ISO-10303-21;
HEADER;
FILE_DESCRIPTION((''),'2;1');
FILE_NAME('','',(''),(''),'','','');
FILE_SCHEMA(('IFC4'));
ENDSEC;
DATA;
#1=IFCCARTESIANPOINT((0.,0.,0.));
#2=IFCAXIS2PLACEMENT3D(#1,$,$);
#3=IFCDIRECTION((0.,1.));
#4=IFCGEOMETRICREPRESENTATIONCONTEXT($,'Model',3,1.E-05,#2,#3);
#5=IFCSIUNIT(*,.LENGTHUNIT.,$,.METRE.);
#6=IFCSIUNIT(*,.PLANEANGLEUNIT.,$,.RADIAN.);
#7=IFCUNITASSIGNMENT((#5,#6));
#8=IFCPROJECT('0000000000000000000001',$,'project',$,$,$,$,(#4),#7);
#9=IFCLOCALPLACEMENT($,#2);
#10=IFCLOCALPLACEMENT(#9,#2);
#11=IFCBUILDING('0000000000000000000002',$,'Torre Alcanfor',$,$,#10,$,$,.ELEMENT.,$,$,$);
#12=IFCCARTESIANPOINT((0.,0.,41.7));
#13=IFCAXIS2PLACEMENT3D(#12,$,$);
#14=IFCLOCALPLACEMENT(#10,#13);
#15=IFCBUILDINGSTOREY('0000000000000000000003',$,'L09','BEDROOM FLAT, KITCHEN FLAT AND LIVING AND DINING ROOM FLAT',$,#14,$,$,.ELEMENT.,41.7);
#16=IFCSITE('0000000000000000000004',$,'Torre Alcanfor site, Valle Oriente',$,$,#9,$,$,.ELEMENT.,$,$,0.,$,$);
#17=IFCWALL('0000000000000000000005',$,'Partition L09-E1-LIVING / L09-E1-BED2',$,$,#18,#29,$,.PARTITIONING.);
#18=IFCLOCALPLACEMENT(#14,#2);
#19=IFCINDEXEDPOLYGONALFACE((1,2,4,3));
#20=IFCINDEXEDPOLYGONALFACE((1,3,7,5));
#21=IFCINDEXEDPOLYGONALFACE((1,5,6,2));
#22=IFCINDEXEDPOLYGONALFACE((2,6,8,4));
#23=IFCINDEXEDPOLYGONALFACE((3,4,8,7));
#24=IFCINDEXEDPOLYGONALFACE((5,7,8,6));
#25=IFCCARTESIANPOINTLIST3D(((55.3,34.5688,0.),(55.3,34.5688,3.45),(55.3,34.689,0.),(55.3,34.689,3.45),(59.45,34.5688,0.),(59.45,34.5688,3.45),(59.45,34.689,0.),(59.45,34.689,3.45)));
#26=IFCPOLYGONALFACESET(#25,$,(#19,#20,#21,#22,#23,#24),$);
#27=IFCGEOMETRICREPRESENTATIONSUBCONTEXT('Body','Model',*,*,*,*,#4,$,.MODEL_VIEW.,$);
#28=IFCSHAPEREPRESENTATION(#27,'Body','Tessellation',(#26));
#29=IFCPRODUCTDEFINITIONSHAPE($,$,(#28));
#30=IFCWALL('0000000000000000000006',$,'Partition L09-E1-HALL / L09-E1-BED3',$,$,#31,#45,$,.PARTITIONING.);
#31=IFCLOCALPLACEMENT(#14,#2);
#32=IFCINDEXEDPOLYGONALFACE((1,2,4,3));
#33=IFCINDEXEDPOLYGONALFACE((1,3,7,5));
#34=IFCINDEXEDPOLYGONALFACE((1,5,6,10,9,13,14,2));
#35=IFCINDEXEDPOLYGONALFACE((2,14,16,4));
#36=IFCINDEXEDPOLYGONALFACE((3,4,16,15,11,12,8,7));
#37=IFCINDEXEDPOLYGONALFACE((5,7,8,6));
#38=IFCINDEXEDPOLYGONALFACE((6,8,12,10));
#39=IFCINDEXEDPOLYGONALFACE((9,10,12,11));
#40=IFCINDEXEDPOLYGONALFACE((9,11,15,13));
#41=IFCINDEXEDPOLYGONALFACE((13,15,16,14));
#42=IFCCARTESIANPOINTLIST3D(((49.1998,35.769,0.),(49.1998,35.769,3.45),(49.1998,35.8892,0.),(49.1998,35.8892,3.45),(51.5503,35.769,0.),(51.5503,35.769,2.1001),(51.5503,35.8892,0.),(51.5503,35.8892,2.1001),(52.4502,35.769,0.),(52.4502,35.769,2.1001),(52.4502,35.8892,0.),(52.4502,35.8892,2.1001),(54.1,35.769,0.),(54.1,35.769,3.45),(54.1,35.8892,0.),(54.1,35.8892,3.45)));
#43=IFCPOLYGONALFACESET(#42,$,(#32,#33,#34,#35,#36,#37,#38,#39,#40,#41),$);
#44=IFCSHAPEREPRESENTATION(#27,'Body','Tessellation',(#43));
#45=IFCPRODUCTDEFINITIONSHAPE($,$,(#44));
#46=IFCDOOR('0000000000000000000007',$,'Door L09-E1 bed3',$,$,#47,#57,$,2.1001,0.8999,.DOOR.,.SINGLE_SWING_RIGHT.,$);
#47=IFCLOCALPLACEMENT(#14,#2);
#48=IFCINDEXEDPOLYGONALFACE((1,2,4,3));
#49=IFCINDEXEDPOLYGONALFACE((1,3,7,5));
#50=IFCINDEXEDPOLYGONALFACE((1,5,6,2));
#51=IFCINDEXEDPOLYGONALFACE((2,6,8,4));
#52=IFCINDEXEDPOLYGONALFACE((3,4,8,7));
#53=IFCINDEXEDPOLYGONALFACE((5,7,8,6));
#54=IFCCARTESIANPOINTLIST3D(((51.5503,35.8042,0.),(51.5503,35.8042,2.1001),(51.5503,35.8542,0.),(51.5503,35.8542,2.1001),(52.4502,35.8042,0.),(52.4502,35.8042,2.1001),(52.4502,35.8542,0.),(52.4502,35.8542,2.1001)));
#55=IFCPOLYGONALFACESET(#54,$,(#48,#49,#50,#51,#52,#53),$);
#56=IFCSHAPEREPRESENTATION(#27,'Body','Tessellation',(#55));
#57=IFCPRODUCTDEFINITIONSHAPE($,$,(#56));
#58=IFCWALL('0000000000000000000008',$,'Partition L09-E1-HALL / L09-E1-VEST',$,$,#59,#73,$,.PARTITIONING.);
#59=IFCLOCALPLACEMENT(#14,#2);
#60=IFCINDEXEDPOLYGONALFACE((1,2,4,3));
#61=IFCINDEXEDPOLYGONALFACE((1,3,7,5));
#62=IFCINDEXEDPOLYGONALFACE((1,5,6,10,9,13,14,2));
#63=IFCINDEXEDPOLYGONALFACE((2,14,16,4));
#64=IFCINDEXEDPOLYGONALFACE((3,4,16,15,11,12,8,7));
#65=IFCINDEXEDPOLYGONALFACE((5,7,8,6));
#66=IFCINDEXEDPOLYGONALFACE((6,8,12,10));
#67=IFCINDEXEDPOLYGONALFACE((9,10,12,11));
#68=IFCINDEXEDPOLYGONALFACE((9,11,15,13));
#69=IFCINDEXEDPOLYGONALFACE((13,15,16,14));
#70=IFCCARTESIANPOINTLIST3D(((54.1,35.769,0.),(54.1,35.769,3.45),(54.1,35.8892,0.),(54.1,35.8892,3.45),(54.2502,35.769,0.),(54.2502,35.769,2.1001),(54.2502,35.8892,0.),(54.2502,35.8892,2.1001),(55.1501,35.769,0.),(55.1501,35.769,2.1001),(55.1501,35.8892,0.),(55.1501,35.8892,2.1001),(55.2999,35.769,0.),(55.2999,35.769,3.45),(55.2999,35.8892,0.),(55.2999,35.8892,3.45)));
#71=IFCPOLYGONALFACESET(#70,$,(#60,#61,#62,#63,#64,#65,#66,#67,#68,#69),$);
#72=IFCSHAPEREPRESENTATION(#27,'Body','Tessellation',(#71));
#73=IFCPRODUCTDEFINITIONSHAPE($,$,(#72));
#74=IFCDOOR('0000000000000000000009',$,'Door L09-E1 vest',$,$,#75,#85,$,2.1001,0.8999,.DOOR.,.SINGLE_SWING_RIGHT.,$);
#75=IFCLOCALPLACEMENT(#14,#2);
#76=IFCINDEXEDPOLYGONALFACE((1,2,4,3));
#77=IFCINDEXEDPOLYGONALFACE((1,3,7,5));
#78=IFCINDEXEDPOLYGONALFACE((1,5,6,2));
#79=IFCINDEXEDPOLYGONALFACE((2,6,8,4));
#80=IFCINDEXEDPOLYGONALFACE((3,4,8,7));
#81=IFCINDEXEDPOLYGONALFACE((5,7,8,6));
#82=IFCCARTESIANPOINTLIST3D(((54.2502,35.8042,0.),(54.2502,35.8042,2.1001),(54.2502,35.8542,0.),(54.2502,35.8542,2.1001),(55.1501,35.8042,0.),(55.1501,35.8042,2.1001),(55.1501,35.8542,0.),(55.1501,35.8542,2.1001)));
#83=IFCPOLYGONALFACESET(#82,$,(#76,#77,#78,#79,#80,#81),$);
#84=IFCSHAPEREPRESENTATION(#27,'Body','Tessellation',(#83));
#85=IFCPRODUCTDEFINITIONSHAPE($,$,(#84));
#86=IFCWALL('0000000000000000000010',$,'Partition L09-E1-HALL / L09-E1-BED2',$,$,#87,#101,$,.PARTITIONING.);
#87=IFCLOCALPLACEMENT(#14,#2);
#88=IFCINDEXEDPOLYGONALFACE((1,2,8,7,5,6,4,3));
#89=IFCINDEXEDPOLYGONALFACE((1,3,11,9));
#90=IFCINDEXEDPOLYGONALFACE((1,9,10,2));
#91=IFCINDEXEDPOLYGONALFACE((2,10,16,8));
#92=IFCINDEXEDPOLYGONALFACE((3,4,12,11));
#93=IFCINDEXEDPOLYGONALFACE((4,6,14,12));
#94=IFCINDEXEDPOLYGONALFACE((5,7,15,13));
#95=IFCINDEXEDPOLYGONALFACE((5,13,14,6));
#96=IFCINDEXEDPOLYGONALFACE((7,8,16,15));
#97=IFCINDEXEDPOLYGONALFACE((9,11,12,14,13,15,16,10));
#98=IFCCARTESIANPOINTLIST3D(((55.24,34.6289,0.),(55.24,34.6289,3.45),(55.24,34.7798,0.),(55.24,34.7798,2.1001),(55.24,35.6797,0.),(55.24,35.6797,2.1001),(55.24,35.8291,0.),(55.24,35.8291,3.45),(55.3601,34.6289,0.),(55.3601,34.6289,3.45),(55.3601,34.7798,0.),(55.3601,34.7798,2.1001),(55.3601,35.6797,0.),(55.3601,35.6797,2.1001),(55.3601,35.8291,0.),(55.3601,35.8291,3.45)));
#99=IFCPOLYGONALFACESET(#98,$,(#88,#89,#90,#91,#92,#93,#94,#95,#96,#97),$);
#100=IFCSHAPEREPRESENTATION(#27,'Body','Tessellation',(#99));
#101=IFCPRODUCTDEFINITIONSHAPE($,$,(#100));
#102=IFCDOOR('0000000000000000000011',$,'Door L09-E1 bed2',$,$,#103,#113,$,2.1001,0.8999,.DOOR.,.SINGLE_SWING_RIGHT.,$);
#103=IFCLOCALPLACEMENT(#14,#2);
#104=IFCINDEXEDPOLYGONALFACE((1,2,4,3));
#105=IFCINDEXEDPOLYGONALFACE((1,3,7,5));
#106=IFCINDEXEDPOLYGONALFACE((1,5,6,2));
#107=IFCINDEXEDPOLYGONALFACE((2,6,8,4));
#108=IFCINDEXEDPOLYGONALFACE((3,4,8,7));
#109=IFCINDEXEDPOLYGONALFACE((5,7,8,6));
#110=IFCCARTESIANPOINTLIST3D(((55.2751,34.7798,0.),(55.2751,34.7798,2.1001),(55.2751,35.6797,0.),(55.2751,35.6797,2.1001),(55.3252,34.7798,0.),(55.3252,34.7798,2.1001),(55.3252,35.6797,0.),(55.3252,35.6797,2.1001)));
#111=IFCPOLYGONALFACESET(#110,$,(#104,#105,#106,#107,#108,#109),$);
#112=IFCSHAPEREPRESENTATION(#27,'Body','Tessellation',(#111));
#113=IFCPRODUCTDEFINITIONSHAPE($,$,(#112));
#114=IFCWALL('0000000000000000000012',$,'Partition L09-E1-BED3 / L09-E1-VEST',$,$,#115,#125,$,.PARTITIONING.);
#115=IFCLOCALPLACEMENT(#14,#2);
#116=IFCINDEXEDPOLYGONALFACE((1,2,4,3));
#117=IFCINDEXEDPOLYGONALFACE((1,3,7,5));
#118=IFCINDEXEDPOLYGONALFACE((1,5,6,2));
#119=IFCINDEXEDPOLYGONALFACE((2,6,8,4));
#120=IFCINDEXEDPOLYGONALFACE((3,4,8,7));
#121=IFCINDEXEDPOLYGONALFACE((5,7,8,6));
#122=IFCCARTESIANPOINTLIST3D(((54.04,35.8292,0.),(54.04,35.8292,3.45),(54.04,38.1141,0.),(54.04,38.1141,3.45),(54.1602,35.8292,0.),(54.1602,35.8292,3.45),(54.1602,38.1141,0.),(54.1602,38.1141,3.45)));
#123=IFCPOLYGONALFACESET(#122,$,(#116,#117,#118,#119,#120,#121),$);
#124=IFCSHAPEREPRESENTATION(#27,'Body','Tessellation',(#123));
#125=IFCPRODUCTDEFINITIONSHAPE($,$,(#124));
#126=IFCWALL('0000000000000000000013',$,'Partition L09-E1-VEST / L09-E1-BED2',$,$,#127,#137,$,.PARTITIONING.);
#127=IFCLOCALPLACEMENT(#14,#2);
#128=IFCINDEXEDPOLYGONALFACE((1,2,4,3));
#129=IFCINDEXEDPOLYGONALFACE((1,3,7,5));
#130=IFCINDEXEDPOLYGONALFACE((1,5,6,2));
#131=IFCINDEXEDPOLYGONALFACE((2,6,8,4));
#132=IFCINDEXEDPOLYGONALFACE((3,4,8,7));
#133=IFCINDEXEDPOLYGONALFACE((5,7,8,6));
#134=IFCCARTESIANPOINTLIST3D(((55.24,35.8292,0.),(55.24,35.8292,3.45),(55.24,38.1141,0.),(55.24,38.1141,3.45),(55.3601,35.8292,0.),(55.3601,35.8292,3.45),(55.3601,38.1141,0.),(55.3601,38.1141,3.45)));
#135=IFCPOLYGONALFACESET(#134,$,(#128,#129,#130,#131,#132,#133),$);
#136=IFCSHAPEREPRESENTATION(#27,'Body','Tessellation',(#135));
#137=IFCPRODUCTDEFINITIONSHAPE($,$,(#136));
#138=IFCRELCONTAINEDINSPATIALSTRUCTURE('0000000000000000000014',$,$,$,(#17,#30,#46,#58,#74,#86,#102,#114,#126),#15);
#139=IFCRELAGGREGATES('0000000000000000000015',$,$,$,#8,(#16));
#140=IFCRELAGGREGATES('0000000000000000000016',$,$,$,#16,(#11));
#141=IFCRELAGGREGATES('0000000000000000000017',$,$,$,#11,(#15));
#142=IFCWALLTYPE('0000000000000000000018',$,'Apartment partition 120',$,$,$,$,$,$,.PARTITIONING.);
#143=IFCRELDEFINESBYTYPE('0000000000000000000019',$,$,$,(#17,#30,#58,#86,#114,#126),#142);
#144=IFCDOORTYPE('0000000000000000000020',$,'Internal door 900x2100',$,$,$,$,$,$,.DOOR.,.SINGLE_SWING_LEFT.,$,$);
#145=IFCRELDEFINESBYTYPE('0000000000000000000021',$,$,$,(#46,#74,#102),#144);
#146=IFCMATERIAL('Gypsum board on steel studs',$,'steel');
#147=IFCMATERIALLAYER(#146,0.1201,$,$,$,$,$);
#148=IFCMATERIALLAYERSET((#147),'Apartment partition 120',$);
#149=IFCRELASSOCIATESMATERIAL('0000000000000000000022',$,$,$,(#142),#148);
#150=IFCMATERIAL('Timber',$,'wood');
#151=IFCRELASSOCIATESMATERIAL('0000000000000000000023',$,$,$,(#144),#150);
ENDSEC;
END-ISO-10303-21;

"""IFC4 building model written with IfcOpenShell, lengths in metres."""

from ifc_helpers import new_model, si_unit, direction, frame, frame_2d, origin, place, context, subcontext, project, spatial, rectangle, extrude, material, layer, layer_set, type_object, element, fill, save


model = new_model("IFC4")

# Units and contexts
model_context = context("Model", 3, precision=1e-05, world=origin(), true_north=direction((0.0, 1.0)))
body_context = subcontext(model_context, "Body", "Model", "MODEL_VIEW")
ifc_project = project(units=[si_unit("LENGTHUNIT", "METRE"), si_unit("PLANEANGLEUNIT", "RADIAN")], contexts=[model_context])

# Site, building, storey
site_placement = place(None, origin())
site = spatial("IfcSite", under=ifc_project, at=site_placement, Name="Torre Alcanfor site, Valle Oriente", CompositionType="ELEMENT", RefElevation=0.0)
building_placement = place(site_placement, origin())
building = spatial("IfcBuilding", under=site, at=building_placement, Name="Torre Alcanfor", CompositionType="ELEMENT")
storey_placement = place(building_placement, frame((0.0, 0.0, 41.7)))
storey = spatial("IfcBuildingStorey", under=building, at=storey_placement, Name="L09", Description="BEDROOM FLAT, KITCHEN FLAT AND LIVING AND DINING ROOM FLAT", CompositionType="ELEMENT", Elevation=41.7)

# Shared definitions
ifc_material_1 = material(Name="Gypsum board on steel studs", Category="steel")
ifc_layer_1 = layer(ifc_material_1, 0.1201)
ifc_layer_set_1 = layer_set([ifc_layer_1], Name="Apartment partition 120")
wall_type = type_object("IfcWallType", Name="Apartment partition 120", PredefinedType="PARTITIONING", material=ifc_layer_set_1)
ifc_material_2 = material(Name="Timber", Category="wood")
door_type = type_object("IfcDoorType", Name="Internal door 900x2100", OperationType="SINGLE_SWING_LEFT", PredefinedType="DOOR", material=ifc_material_2)

# Wall
wall_1_placement = place(storey_placement, frame((59.45, 34.6289, 0.0), z_axis=(0.0, 0.0, 1.0), x_axis=(-1.0, 0.0, 0.0)))
element("IfcWall", 1, at=wall_1_placement, inside=storey, type_object=wall_type, Name="Partition L09-E1-LIVING / L09-E1-BED2", PredefinedType="PARTITIONING", context=body_context, shape_type="SweptSolid", body=[
    extrude(rectangle(XDim=4.1499, YDim=0.1201, at=frame_2d((2.075, 0.0))), origin(), (0.0, 0.0, 1.0), 3.45),
])

# Walls, openings, doors
wall_2_placement = place(storey_placement, frame((54.1001, 35.8291, 0.0), z_axis=(0.0, 0.0, 1.0), x_axis=(-1.0, 0.0, 0.0)))
wall_2 = element("IfcWall", 2, at=wall_2_placement, inside=storey, type_object=wall_type, Name="Partition L09-E1-HALL / L09-E1-BED3", PredefinedType="PARTITIONING", context=body_context, shape_type="SweptSolid", body=[
    extrude(rectangle(XDim=4.9001, YDim=0.1201, at=frame_2d((2.4502, 0.0))), origin(), (0.0, 0.0, 1.0), 3.45),
])
opening_1_placement = place(wall_2_placement, frame((1.6499, 0.0, 0.0)))
opening_1 = element("IfcOpeningElement", 3, at=opening_1_placement, cuts=wall_2, PredefinedType="OPENING", context=body_context, shape_type="SweptSolid", body=[
    extrude(rectangle(XDim=0.8999, YDim=2.1001, at=frame_2d((0.45, 1.05))), frame((0.0, 0.0701, 0.0), z_axis=(0.0, -1.0, 0.0), x_axis=(1.0, 0.0, 0.0)), (0.0, 0.0, 1.0), 0.1401),
])
door_1_placement = place(opening_1_placement, frame((0.8999, 0.0, 0.0), z_axis=(0.0, 0.0, 1.0), x_axis=(-1.0, 0.0, 0.0)))
door_1 = element("IfcDoor", 4, at=door_1_placement, inside=storey, type_object=door_type, Name="Door L09-E1 bed3", OperationType="SINGLE_SWING_RIGHT", OverallHeight=2.1001, OverallWidth=0.8999, PredefinedType="DOOR", context=body_context, shape_type="SweptSolid", body=[
    extrude(rectangle(XDim=0.8999, YDim=2.1001, at=frame_2d((0.45, 1.05))), frame((0.0, 0.0251, 0.0), z_axis=(0.0, -1.0, 0.0), x_axis=(1.0, 0.0, 0.0)), (0.0, 0.0, 1.0), 0.05),
])
fill(opening_1, door_1)
wall_3_placement = place(storey_placement, frame((55.3, 35.8291, 0.0), z_axis=(0.0, 0.0, 1.0), x_axis=(-1.0, 0.0, 0.0)))
wall_3 = element("IfcWall", 5, at=wall_3_placement, inside=storey, type_object=wall_type, Name="Partition L09-E1-HALL / L09-E1-VEST", PredefinedType="PARTITIONING", context=body_context, shape_type="SweptSolid", body=[
    extrude(rectangle(XDim=1.2, YDim=0.1201, at=frame_2d((0.6001, 0.0))), origin(), (0.0, 0.0, 1.0), 3.45),
])
opening_2_placement = place(wall_3_placement, frame((0.1499, 0.0, 0.0)))
opening_2 = element("IfcOpeningElement", 6, at=opening_2_placement, cuts=wall_3, PredefinedType="OPENING", context=body_context, shape_type="SweptSolid", body=[
    extrude(rectangle(XDim=0.8999, YDim=2.1001, at=frame_2d((0.45, 1.05))), frame((0.0, 0.0701, 0.0), z_axis=(0.0, -1.0, 0.0), x_axis=(1.0, 0.0, 0.0)), (0.0, 0.0, 1.0), 0.1401),
])
door_2_placement = place(opening_2_placement, frame((0.8999, 0.0, 0.0), z_axis=(0.0, 0.0, 1.0), x_axis=(-1.0, 0.0, 0.0)))
door_2 = element("IfcDoor", 7, at=door_2_placement, inside=storey, type_object=door_type, Name="Door L09-E1 vest", OperationType="SINGLE_SWING_RIGHT", OverallHeight=2.1001, OverallWidth=0.8999, PredefinedType="DOOR", context=body_context, shape_type="SweptSolid", body=[
    extrude(rectangle(XDim=0.8999, YDim=2.1001, at=frame_2d((0.45, 1.05))), frame((0.0, 0.0251, 0.0), z_axis=(0.0, -1.0, 0.0), x_axis=(1.0, 0.0, 0.0)), (0.0, 0.0, 1.0), 0.05),
])
fill(opening_2, door_2)
wall_4_placement = place(storey_placement, frame((55.3, 34.6289, 0.0), z_axis=(0.0, 0.0, 1.0), x_axis=(0.0, 1.0, 0.0)))
wall_4 = element("IfcWall", 8, at=wall_4_placement, inside=storey, type_object=wall_type, Name="Partition L09-E1-HALL / L09-E1-BED2", PredefinedType="PARTITIONING", context=body_context, shape_type="SweptSolid", body=[
    extrude(rectangle(XDim=1.2002, YDim=0.1201, at=frame_2d((0.6001, 0.0))), origin(), (0.0, 0.0, 1.0), 3.45),
])
opening_3_placement = place(wall_4_placement, frame((0.1509, 0.0, 0.0)))
opening_3 = element("IfcOpeningElement", 9, at=opening_3_placement, cuts=wall_4, PredefinedType="OPENING", context=body_context, shape_type="SweptSolid", body=[
    extrude(rectangle(XDim=0.8999, YDim=2.1001, at=frame_2d((0.45, 1.05))), frame((0.0, 0.0701, 0.0), z_axis=(0.0, -1.0, 0.0), x_axis=(1.0, 0.0, 0.0)), (0.0, 0.0, 1.0), 0.1401),
])
door_3_placement = place(opening_3_placement, frame((0.8999, 0.0, 0.0), z_axis=(0.0, 0.0, 1.0), x_axis=(-1.0, 0.0, 0.0)))
door_3 = element("IfcDoor", 10, at=door_3_placement, inside=storey, type_object=door_type, Name="Door L09-E1 bed2", OperationType="SINGLE_SWING_RIGHT", OverallHeight=2.1001, OverallWidth=0.8999, PredefinedType="DOOR", context=body_context, shape_type="SweptSolid", body=[
    extrude(rectangle(XDim=0.8999, YDim=2.1001, at=frame_2d((0.45, 1.05))), frame((0.0, 0.0251, 0.0), z_axis=(0.0, -1.0, 0.0), x_axis=(1.0, 0.0, 0.0)), (0.0, 0.0, 1.0), 0.05),
])
fill(opening_3, door_3)

# Walls
for number, where, z_axis, x_axis, name in (
    (11, (54.1001, 35.8291, 0.0), (0.0, 0.0, 1.0), (0.0, 1.0, 0.0), "Partition L09-E1-BED3 / L09-E1-VEST"),
    (12, (55.3, 35.8291, 0.0), (0.0, 0.0, 1.0), (0.0, 1.0, 0.0), "Partition L09-E1-VEST / L09-E1-BED2"),
):
    element("IfcWall", number, at=place(storey_placement, frame(where, z_axis=z_axis, x_axis=x_axis)), inside=storey, type_object=wall_type, Name=name, PredefinedType="PARTITIONING", context=body_context, shape_type="SweptSolid", body=[
        extrude(rectangle(XDim=2.2849, YDim=0.1201, at=frame_2d((1.1426, 0.0))), origin(), (0.0, 0.0, 1.0), 3.45),
    ])

save(model, "model.ifc")
